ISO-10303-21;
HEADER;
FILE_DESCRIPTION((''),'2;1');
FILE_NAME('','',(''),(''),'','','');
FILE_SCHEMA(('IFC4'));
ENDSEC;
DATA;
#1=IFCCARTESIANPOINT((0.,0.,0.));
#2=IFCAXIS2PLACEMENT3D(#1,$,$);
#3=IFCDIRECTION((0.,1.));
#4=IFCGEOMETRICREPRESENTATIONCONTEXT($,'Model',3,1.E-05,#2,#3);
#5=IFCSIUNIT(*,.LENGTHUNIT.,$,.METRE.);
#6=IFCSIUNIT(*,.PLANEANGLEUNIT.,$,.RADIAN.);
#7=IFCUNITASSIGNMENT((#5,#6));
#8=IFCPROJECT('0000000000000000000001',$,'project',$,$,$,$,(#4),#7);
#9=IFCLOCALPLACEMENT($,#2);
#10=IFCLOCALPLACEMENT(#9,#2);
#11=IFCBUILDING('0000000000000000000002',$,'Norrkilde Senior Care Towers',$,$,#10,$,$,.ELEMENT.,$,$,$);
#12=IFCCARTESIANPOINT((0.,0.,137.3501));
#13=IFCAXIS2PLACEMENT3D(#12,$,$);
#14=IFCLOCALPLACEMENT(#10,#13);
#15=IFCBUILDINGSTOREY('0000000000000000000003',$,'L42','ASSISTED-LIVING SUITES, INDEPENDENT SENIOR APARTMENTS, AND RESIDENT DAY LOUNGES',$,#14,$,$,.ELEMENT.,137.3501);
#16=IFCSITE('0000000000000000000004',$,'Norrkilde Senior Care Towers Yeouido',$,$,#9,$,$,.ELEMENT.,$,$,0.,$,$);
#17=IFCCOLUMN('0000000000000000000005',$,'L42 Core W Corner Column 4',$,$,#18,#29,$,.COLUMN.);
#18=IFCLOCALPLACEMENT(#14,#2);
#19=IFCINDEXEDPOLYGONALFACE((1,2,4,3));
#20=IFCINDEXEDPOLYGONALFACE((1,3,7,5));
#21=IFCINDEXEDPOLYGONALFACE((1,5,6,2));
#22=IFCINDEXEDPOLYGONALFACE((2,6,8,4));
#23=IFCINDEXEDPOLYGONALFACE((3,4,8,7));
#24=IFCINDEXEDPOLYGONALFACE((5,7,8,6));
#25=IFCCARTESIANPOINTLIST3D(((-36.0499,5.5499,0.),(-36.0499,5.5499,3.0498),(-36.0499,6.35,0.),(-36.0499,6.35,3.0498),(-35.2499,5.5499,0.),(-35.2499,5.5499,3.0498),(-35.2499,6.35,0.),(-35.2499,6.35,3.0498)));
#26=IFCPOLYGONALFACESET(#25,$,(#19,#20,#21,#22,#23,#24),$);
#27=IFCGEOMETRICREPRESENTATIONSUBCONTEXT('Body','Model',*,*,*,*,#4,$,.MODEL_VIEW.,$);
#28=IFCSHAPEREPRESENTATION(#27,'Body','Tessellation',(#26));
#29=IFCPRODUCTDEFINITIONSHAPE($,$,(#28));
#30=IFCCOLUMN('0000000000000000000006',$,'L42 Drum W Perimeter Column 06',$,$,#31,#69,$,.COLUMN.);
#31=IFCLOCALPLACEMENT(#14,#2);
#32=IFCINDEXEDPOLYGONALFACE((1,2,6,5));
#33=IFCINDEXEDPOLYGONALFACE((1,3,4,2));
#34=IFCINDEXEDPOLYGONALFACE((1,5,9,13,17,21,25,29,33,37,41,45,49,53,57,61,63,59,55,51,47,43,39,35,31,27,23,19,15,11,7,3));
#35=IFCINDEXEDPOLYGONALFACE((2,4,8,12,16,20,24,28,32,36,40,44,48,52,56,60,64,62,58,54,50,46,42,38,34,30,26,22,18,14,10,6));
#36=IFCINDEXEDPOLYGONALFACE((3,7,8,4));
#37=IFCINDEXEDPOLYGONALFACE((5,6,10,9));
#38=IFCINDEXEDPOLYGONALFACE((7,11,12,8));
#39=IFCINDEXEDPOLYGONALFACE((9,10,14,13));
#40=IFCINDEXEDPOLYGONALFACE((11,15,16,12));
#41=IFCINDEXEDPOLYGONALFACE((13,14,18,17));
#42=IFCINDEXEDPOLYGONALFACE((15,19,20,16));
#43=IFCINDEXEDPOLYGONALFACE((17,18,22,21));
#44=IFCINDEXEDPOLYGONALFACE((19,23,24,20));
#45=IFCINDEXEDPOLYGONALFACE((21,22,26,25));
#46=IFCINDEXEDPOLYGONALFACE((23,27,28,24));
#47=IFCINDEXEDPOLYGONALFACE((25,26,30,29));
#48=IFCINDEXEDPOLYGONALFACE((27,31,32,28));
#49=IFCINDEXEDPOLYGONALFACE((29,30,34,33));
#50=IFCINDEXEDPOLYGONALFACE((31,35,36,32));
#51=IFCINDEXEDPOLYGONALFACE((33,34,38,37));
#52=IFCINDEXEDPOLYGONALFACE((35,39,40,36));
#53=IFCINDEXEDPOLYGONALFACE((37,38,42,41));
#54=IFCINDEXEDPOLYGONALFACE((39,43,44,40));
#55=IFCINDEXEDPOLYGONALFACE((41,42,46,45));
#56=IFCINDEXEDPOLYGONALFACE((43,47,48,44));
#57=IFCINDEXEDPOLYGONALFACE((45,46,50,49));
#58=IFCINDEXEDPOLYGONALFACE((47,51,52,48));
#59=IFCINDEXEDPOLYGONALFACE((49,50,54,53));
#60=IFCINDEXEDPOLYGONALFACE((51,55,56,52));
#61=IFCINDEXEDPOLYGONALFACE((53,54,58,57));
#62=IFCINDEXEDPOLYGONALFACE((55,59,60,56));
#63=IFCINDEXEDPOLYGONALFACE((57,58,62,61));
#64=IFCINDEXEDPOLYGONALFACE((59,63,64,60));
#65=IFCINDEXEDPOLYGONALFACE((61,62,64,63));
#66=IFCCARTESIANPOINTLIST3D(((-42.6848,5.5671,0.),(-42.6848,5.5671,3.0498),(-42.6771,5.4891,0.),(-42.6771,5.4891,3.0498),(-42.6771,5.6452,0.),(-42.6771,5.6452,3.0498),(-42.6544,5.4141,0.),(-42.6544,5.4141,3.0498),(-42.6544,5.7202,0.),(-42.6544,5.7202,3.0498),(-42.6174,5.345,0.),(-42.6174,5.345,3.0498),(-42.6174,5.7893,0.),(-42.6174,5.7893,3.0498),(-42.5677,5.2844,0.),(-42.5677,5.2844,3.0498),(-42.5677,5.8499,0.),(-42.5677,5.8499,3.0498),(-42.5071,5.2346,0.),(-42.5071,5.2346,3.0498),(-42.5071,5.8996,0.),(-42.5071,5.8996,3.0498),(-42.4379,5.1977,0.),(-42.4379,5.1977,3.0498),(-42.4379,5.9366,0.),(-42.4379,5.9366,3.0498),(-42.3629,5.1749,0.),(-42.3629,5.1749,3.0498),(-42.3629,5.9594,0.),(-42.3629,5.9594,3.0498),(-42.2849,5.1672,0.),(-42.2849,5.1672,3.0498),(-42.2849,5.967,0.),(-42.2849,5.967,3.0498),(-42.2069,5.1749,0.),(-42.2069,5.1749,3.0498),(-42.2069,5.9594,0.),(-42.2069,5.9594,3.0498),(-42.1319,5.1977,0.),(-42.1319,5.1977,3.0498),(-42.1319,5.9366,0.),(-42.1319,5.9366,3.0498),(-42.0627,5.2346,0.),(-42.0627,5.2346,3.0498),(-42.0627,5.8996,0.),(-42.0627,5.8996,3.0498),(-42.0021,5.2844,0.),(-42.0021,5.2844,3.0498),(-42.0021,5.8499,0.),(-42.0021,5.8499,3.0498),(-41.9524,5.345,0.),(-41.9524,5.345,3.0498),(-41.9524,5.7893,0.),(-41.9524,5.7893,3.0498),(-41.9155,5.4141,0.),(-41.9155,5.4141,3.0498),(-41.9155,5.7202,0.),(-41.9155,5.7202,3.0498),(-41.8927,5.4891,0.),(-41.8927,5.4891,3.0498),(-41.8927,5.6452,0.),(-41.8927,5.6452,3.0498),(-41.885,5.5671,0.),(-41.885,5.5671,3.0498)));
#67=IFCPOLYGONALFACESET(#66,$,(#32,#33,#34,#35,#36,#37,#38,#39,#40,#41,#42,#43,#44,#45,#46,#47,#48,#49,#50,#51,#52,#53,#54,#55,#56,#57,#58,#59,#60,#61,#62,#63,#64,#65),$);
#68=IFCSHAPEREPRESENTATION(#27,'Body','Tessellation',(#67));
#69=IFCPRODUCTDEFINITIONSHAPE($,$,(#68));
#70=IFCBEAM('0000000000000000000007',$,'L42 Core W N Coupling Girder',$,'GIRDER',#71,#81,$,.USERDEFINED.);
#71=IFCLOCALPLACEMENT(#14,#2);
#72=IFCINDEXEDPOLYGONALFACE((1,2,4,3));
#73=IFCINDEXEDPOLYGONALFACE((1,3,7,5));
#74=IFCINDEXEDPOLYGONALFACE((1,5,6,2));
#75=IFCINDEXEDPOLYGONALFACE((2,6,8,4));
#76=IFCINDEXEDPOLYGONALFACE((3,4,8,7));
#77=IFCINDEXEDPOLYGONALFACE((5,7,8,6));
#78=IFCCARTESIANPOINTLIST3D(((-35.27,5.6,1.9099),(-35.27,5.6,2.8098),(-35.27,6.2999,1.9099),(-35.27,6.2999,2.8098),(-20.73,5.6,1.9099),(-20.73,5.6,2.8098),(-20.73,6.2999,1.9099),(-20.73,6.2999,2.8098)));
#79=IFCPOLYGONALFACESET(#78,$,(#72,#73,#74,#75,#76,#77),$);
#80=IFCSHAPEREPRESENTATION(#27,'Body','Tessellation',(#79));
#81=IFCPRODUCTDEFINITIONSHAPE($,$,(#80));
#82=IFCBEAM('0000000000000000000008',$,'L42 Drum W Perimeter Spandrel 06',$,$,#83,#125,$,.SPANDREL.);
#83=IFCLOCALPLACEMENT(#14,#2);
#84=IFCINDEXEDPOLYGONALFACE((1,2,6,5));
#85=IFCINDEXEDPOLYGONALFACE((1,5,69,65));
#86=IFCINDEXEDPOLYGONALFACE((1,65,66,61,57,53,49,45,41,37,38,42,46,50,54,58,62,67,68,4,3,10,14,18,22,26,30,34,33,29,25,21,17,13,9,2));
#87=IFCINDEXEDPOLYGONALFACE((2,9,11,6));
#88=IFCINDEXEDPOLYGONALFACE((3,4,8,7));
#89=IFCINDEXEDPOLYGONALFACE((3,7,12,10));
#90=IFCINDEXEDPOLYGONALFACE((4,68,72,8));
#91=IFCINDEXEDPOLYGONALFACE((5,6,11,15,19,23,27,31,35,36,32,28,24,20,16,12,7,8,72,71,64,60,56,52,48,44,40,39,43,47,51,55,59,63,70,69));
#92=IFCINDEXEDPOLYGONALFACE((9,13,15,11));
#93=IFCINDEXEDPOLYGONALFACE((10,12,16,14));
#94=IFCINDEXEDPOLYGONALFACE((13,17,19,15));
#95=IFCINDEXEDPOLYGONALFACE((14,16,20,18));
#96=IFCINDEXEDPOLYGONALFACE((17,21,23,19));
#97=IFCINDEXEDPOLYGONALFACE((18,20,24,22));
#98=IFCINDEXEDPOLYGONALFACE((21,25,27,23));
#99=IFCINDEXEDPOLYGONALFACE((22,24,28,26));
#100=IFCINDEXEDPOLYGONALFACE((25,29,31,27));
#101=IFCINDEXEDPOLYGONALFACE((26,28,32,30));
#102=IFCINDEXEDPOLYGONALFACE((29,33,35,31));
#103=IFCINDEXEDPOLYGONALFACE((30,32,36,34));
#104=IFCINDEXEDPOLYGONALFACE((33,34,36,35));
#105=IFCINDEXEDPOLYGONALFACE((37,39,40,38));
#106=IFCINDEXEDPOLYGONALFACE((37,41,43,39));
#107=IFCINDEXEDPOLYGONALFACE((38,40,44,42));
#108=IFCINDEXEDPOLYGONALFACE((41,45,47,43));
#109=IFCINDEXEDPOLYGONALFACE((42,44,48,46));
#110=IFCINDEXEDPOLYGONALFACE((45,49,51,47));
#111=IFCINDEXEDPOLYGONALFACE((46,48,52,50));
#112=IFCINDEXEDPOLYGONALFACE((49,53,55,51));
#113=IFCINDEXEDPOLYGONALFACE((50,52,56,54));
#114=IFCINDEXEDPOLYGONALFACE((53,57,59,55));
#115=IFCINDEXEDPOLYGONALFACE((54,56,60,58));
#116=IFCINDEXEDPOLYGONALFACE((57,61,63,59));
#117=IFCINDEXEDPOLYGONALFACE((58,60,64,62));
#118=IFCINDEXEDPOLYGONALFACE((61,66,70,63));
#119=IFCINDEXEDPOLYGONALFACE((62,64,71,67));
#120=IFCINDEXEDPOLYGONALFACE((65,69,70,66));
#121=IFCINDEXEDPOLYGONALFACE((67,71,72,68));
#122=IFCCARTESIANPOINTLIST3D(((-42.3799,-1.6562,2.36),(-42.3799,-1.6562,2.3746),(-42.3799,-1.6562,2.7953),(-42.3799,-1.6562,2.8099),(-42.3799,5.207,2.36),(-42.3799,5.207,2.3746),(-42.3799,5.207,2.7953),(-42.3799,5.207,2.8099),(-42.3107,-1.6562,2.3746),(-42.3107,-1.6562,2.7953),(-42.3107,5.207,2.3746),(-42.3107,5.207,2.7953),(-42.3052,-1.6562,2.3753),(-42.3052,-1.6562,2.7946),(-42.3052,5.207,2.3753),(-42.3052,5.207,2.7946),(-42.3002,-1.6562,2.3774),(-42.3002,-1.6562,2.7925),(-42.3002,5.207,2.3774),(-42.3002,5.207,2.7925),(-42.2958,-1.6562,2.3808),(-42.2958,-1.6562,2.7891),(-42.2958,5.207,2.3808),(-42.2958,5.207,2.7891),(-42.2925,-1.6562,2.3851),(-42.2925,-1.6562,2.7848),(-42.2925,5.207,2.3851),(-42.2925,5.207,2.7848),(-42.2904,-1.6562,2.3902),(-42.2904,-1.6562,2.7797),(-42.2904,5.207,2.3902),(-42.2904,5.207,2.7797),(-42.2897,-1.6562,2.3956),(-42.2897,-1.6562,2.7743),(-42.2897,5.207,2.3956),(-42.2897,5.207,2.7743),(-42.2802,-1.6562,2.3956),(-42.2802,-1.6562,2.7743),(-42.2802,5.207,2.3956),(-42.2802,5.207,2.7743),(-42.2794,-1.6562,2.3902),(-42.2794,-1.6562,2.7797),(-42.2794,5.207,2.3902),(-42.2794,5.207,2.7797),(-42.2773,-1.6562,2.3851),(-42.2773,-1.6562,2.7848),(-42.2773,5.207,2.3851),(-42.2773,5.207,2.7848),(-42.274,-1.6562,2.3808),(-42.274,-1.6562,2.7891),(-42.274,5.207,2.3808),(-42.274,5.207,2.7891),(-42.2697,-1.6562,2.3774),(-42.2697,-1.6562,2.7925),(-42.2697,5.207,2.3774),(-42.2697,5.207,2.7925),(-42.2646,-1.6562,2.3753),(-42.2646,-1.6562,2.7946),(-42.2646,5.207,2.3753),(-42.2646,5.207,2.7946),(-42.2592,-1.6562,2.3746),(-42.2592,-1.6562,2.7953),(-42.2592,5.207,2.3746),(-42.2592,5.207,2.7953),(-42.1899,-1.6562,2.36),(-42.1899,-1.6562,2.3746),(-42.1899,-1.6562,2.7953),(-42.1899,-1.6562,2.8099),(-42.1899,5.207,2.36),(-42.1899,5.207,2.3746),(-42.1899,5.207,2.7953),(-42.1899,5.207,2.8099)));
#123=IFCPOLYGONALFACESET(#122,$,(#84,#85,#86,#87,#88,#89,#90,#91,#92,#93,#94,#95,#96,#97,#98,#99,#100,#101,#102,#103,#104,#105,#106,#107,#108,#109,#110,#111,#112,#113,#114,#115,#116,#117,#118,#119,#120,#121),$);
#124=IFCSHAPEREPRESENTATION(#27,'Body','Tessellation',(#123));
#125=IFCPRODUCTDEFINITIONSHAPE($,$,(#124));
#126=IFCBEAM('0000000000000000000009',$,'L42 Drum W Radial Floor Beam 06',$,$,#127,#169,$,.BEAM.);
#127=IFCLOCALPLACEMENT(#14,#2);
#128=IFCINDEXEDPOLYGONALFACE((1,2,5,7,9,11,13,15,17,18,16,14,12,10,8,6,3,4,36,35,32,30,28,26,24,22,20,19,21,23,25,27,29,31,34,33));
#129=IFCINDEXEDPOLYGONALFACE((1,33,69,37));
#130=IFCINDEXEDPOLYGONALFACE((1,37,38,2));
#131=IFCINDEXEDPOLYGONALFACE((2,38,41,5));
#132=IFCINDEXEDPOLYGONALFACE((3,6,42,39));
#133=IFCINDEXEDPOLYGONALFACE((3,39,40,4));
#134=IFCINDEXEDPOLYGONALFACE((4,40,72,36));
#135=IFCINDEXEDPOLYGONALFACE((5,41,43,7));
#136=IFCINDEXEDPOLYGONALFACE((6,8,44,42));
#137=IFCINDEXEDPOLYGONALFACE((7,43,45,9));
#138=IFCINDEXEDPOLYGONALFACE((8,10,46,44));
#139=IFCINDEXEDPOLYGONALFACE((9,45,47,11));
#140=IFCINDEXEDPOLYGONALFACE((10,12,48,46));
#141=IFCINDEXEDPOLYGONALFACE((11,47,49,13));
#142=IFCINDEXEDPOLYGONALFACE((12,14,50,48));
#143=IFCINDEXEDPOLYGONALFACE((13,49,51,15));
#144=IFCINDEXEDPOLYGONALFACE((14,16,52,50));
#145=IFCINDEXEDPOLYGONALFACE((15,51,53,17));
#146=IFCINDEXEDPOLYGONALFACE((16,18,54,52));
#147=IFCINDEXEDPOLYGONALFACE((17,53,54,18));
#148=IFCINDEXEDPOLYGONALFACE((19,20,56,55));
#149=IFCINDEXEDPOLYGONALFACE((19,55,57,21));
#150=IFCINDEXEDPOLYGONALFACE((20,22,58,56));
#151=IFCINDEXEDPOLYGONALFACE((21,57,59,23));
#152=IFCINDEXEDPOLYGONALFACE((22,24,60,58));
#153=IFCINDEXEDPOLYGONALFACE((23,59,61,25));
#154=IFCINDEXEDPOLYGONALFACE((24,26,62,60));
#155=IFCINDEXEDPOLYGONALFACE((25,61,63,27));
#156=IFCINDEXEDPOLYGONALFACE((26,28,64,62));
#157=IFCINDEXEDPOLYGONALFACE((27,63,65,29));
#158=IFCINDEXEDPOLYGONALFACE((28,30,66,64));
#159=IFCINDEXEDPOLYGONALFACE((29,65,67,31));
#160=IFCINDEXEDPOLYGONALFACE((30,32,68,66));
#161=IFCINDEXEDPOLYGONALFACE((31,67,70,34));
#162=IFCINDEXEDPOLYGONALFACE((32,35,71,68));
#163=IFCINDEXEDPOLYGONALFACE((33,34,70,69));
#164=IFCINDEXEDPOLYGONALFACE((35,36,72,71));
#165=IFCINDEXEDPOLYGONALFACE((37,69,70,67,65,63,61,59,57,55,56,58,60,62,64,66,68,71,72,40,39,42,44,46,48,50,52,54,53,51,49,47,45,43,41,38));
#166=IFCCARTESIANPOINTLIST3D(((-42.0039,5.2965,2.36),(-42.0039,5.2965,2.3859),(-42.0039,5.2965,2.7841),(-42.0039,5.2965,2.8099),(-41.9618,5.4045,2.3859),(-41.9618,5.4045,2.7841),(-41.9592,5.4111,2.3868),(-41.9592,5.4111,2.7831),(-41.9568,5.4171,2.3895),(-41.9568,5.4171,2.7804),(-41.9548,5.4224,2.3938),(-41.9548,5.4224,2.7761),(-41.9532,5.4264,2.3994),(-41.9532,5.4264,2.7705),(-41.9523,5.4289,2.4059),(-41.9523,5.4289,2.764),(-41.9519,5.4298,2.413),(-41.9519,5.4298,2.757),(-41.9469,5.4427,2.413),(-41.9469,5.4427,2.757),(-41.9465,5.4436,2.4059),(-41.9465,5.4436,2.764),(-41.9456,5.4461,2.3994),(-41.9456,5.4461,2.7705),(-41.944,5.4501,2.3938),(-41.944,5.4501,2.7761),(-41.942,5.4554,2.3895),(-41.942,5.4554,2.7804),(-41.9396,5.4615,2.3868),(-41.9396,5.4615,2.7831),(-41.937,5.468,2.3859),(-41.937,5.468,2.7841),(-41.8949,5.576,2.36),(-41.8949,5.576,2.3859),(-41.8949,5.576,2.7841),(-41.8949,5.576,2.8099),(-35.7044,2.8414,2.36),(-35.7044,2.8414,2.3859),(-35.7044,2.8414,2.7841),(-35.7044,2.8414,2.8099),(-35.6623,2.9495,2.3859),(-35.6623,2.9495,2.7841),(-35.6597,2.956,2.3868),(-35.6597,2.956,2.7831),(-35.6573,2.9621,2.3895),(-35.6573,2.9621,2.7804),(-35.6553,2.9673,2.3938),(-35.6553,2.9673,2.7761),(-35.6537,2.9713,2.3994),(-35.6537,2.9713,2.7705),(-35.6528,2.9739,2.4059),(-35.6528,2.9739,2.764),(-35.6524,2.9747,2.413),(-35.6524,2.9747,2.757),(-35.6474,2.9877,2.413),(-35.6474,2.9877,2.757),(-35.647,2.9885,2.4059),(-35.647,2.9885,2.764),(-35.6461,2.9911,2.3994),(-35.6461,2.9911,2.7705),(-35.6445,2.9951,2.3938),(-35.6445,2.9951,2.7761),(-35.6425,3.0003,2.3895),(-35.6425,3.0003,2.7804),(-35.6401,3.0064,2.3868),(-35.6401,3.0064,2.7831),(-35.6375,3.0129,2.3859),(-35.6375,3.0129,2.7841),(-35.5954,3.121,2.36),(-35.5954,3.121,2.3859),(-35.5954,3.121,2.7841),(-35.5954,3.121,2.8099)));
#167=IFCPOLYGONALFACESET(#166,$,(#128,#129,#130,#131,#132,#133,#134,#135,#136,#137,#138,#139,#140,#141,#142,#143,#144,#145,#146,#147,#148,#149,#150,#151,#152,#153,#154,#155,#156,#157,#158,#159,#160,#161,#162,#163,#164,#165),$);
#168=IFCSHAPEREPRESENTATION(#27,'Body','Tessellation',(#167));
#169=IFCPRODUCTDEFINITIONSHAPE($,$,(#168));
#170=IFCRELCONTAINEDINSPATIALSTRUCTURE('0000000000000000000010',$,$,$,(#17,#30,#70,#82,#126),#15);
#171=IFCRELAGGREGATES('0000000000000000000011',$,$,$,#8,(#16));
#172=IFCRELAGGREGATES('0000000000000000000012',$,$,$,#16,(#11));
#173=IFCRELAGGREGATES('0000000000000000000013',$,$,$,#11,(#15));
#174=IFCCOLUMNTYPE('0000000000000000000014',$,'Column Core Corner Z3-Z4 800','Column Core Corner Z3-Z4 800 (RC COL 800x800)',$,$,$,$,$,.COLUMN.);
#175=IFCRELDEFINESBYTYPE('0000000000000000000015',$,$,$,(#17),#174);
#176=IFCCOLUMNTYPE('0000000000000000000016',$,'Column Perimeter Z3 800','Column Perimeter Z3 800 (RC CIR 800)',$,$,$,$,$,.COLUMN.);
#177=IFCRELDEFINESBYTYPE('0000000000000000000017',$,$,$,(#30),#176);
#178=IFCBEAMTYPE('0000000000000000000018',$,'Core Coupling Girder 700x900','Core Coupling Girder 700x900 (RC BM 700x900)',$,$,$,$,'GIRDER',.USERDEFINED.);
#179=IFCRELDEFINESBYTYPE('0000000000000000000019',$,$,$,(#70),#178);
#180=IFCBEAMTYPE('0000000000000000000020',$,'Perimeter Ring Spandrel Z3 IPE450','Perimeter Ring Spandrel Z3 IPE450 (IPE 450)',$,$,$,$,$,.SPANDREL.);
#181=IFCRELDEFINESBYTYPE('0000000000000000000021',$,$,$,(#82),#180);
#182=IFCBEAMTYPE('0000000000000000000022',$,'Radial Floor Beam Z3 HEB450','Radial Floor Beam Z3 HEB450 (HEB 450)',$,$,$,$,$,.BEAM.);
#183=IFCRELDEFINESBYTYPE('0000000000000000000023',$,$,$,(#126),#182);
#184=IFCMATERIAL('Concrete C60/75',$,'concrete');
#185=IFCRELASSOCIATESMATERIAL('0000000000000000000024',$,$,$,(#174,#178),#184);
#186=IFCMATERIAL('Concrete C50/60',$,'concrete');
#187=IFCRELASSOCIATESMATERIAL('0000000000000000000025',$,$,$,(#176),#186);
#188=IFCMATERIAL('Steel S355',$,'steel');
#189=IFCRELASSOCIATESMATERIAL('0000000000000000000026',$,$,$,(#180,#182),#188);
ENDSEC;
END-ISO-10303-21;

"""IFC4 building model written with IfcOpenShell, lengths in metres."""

from ifc_helpers import new_model, si_unit, direction, frame, origin, origin_2d, place, context, subcontext, project, spatial, rectangle, circle, i_section, extrude, source, transform, mapped, material, material_profile, profile_set, type_object, type_shapes, element, save


model = new_model("IFC4")

# Units and contexts
model_context = context("Model", 3, precision=1e-05, world=origin(), true_north=direction((0.0, 1.0)))
body_context = subcontext(model_context, "Body", "Model", "MODEL_VIEW")
ifc_project = project(units=[si_unit("LENGTHUNIT", "METRE"), si_unit("PLANEANGLEUNIT", "RADIAN")], contexts=[model_context])

# Site, building, storey
site_placement = place(None, origin())
site = spatial("IfcSite", under=ifc_project, at=site_placement, Name="Norrkilde Senior Care Towers Yeouido", CompositionType="ELEMENT", RefElevation=0.0)
building_placement = place(site_placement, origin())
building = spatial("IfcBuilding", under=site, at=building_placement, Name="Norrkilde Senior Care Towers", CompositionType="ELEMENT")
storey_placement = place(building_placement, frame((0.0, 0.0, 137.3501)))
storey = spatial("IfcBuildingStorey", under=building, at=storey_placement, Name="L42", Description="ASSISTED-LIVING SUITES, INDEPENDENT SENIOR APARTMENTS, AND RESIDENT DAY LOUNGES", CompositionType="ELEMENT", Elevation=137.3501)

# Columns
ifc_material_1 = material(Name="Concrete C60/75", Category="concrete")
ifc_material_profile_1 = material_profile(ifc_material_1, rectangle(XDim=0.8, YDim=0.8, at=origin_2d()), Name="RC COL 800x800")
ifc_profile_set_1 = profile_set([ifc_material_profile_1], Name="Concrete C60/75")
column_type_1 = type_object("IfcColumnType", Name="Column Core Corner Z3-Z4 800", Description="Column Core Corner Z3-Z4 800 (RC COL 800x800)", PredefinedType="COLUMN", material=ifc_profile_set_1)
shared_shape_1 = source(origin(), body_context, "Body", "SweptSolid", [
    extrude(rectangle(XDim=0.8, YDim=0.8, at=origin_2d()), origin(), (0.0, 0.0, 1.0), 3.0498),
])
type_shapes(column_type_1, [shared_shape_1])
column_1_placement = place(storey_placement, frame((-35.6499, 5.95, 0.0), z_axis=(0.0, 0.0, 1.0), x_axis=(1.0, 0.0, 0.0)))
element("IfcColumn", 1, at=column_1_placement, inside=storey, type_object=column_type_1, Name="L42 Core W Corner Column 4", PredefinedType="COLUMN", context=body_context, shape_type="MappedRepresentation", body=[
    mapped(shared_shape_1, transform((0.0, 0.0, 0.0), x_axis=(1.0, 0.0, 0.0), y_axis=(0.0, 1.0, 0.0), z_axis=(0.0, 0.0, 1.0), scale=1.0)),
])
ifc_material_2 = material(Name="Concrete C50/60", Category="concrete")
ifc_material_profile_2 = material_profile(ifc_material_2, circle(Radius=0.3999, at=origin_2d()), Name="RC CIR 800")
ifc_profile_set_2 = profile_set([ifc_material_profile_2], Name="Concrete C50/60")
column_type_2 = type_object("IfcColumnType", Name="Column Perimeter Z3 800", Description="Column Perimeter Z3 800 (RC CIR 800)", PredefinedType="COLUMN", material=ifc_profile_set_2)
shared_shape_2 = source(origin(), body_context, "Body", "SweptSolid", [
    extrude(circle(Radius=0.3999, at=origin_2d()), origin(), (0.0, 0.0, 1.0), 3.0498),
])
type_shapes(column_type_2, [shared_shape_2])
column_2_placement = place(storey_placement, frame((-42.2849, 5.5671, 0.0), z_axis=(0.0, 0.0, 1.0), x_axis=(1.0, 0.0, 0.0)))
element("IfcColumn", 2, at=column_2_placement, inside=storey, type_object=column_type_2, Name="L42 Drum W Perimeter Column 06", PredefinedType="COLUMN", context=body_context, shape_type="MappedRepresentation", body=[
    mapped(shared_shape_2, transform((0.0, 0.0, 0.0), x_axis=(1.0, 0.0, 0.0), y_axis=(0.0, 1.0, 0.0), z_axis=(0.0, 0.0, 1.0), scale=1.0)),
])

# Beams
ifc_material_profile_3 = material_profile(ifc_material_1, rectangle(XDim=0.7, YDim=0.8999, at=origin_2d()), Name="RC BM 700x900")
ifc_profile_set_3 = profile_set([ifc_material_profile_3], Name="Concrete C60/75")
beam_type_1 = type_object("IfcBeamType", Name="Core Coupling Girder 700x900", Description="Core Coupling Girder 700x900 (RC BM 700x900)", ElementType="GIRDER", PredefinedType="USERDEFINED", material=ifc_profile_set_3)
shared_shape_3 = source(origin(), body_context, "Body", "SweptSolid", [
    extrude(rectangle(XDim=0.7, YDim=0.8999, at=origin_2d()), origin(), (0.0, 0.0, 1.0), 14.54),
])
type_shapes(beam_type_1, [shared_shape_3])
beam_1_placement = place(storey_placement, frame((-35.27, 5.95, 2.3599), z_axis=(1.0, 0.0, 0.0), x_axis=(0.0, 1.0, 0.0)))
element("IfcBeam", 3, at=beam_1_placement, inside=storey, type_object=beam_type_1, Name="L42 Core W N Coupling Girder", ObjectType="GIRDER", PredefinedType="USERDEFINED", context=body_context, shape_type="MappedRepresentation", body=[
    mapped(shared_shape_3, transform((0.0, 0.0, 0.0), x_axis=(1.0, 0.0, 0.0), y_axis=(0.0, 1.0, 0.0), z_axis=(0.0, 0.0, 1.0), scale=1.0)),
])
ifc_material_3 = material(Name="Steel S355", Category="steel")
ifc_material_profile_4 = material_profile(ifc_material_3, i_section(OverallWidth=0.1899, OverallDepth=0.45, WebThickness=0.0095, FlangeThickness=0.0146, FilletRadius=0.021, at=origin_2d()), Name="IPE 450")
ifc_profile_set_4 = profile_set([ifc_material_profile_4], Name="Steel S355")
beam_type_2 = type_object("IfcBeamType", Name="Perimeter Ring Spandrel Z3 IPE450", Description="Perimeter Ring Spandrel Z3 IPE450 (IPE 450)", PredefinedType="SPANDREL", material=ifc_profile_set_4)
shared_shape_4 = source(origin(), body_context, "Body", "SweptSolid", [
    extrude(i_section(OverallWidth=0.1899, OverallDepth=0.45, WebThickness=0.0095, FlangeThickness=0.0146, FilletRadius=0.021, at=origin_2d()), origin(), (0.0, 0.0, 1.0), 6.8633),
])
type_shapes(beam_type_2, [shared_shape_4])
beam_2_placement = place(storey_placement, frame((-42.2849, 5.207, 2.585), z_axis=(0.0, -1.0, 0.0), x_axis=(1.0, 0.0, 0.0)))
element("IfcBeam", 4, at=beam_2_placement, inside=storey, type_object=beam_type_2, Name="L42 Drum W Perimeter Spandrel 06", PredefinedType="SPANDREL", context=body_context, shape_type="MappedRepresentation", body=[
    mapped(shared_shape_4, transform((0.0, 0.0, 0.0), x_axis=(1.0, 0.0, 0.0), y_axis=(0.0, 1.0, 0.0), z_axis=(0.0, 0.0, 1.0), scale=1.0)),
])
ifc_material_profile_5 = material_profile(ifc_material_3, i_section(OverallWidth=0.3, OverallDepth=0.45, WebThickness=0.0139, FlangeThickness=0.0259, FilletRadius=0.0271, at=origin_2d()), Name="HEB 450")
ifc_profile_set_5 = profile_set([ifc_material_profile_5], Name="Steel S355")
beam_type_3 = type_object("IfcBeamType", Name="Radial Floor Beam Z3 HEB450", Description="Radial Floor Beam Z3 HEB450 (HEB 450)", PredefinedType="BEAM", material=ifc_profile_set_5)
shared_shape_5 = source(origin(), body_context, "Body", "SweptSolid", [
    extrude(i_section(OverallWidth=0.3, OverallDepth=0.45, WebThickness=0.0139, FlangeThickness=0.0259, FilletRadius=0.0271, at=origin_2d()), origin(), (0.0, 0.0, 1.0), 6.761),
])
type_shapes(beam_type_3, [shared_shape_5])
beam_3_placement = place(storey_placement, frame((-35.6499, 2.9812, 2.585), z_axis=(-0.931742, 0.363121, 0.0), x_axis=(-0.363121, -0.931742, 0.0)))
element("IfcBeam", 5, at=beam_3_placement, inside=storey, type_object=beam_type_3, Name="L42 Drum W Radial Floor Beam 06", PredefinedType="BEAM", context=body_context, shape_type="MappedRepresentation", body=[
    mapped(shared_shape_5, transform((0.0, 0.0, 0.0), x_axis=(1.0, 0.0, 0.0), y_axis=(0.0, 1.0, 0.0), z_axis=(0.0, 0.0, 1.0), scale=1.0)),
])

save(model, "model.ifc")
